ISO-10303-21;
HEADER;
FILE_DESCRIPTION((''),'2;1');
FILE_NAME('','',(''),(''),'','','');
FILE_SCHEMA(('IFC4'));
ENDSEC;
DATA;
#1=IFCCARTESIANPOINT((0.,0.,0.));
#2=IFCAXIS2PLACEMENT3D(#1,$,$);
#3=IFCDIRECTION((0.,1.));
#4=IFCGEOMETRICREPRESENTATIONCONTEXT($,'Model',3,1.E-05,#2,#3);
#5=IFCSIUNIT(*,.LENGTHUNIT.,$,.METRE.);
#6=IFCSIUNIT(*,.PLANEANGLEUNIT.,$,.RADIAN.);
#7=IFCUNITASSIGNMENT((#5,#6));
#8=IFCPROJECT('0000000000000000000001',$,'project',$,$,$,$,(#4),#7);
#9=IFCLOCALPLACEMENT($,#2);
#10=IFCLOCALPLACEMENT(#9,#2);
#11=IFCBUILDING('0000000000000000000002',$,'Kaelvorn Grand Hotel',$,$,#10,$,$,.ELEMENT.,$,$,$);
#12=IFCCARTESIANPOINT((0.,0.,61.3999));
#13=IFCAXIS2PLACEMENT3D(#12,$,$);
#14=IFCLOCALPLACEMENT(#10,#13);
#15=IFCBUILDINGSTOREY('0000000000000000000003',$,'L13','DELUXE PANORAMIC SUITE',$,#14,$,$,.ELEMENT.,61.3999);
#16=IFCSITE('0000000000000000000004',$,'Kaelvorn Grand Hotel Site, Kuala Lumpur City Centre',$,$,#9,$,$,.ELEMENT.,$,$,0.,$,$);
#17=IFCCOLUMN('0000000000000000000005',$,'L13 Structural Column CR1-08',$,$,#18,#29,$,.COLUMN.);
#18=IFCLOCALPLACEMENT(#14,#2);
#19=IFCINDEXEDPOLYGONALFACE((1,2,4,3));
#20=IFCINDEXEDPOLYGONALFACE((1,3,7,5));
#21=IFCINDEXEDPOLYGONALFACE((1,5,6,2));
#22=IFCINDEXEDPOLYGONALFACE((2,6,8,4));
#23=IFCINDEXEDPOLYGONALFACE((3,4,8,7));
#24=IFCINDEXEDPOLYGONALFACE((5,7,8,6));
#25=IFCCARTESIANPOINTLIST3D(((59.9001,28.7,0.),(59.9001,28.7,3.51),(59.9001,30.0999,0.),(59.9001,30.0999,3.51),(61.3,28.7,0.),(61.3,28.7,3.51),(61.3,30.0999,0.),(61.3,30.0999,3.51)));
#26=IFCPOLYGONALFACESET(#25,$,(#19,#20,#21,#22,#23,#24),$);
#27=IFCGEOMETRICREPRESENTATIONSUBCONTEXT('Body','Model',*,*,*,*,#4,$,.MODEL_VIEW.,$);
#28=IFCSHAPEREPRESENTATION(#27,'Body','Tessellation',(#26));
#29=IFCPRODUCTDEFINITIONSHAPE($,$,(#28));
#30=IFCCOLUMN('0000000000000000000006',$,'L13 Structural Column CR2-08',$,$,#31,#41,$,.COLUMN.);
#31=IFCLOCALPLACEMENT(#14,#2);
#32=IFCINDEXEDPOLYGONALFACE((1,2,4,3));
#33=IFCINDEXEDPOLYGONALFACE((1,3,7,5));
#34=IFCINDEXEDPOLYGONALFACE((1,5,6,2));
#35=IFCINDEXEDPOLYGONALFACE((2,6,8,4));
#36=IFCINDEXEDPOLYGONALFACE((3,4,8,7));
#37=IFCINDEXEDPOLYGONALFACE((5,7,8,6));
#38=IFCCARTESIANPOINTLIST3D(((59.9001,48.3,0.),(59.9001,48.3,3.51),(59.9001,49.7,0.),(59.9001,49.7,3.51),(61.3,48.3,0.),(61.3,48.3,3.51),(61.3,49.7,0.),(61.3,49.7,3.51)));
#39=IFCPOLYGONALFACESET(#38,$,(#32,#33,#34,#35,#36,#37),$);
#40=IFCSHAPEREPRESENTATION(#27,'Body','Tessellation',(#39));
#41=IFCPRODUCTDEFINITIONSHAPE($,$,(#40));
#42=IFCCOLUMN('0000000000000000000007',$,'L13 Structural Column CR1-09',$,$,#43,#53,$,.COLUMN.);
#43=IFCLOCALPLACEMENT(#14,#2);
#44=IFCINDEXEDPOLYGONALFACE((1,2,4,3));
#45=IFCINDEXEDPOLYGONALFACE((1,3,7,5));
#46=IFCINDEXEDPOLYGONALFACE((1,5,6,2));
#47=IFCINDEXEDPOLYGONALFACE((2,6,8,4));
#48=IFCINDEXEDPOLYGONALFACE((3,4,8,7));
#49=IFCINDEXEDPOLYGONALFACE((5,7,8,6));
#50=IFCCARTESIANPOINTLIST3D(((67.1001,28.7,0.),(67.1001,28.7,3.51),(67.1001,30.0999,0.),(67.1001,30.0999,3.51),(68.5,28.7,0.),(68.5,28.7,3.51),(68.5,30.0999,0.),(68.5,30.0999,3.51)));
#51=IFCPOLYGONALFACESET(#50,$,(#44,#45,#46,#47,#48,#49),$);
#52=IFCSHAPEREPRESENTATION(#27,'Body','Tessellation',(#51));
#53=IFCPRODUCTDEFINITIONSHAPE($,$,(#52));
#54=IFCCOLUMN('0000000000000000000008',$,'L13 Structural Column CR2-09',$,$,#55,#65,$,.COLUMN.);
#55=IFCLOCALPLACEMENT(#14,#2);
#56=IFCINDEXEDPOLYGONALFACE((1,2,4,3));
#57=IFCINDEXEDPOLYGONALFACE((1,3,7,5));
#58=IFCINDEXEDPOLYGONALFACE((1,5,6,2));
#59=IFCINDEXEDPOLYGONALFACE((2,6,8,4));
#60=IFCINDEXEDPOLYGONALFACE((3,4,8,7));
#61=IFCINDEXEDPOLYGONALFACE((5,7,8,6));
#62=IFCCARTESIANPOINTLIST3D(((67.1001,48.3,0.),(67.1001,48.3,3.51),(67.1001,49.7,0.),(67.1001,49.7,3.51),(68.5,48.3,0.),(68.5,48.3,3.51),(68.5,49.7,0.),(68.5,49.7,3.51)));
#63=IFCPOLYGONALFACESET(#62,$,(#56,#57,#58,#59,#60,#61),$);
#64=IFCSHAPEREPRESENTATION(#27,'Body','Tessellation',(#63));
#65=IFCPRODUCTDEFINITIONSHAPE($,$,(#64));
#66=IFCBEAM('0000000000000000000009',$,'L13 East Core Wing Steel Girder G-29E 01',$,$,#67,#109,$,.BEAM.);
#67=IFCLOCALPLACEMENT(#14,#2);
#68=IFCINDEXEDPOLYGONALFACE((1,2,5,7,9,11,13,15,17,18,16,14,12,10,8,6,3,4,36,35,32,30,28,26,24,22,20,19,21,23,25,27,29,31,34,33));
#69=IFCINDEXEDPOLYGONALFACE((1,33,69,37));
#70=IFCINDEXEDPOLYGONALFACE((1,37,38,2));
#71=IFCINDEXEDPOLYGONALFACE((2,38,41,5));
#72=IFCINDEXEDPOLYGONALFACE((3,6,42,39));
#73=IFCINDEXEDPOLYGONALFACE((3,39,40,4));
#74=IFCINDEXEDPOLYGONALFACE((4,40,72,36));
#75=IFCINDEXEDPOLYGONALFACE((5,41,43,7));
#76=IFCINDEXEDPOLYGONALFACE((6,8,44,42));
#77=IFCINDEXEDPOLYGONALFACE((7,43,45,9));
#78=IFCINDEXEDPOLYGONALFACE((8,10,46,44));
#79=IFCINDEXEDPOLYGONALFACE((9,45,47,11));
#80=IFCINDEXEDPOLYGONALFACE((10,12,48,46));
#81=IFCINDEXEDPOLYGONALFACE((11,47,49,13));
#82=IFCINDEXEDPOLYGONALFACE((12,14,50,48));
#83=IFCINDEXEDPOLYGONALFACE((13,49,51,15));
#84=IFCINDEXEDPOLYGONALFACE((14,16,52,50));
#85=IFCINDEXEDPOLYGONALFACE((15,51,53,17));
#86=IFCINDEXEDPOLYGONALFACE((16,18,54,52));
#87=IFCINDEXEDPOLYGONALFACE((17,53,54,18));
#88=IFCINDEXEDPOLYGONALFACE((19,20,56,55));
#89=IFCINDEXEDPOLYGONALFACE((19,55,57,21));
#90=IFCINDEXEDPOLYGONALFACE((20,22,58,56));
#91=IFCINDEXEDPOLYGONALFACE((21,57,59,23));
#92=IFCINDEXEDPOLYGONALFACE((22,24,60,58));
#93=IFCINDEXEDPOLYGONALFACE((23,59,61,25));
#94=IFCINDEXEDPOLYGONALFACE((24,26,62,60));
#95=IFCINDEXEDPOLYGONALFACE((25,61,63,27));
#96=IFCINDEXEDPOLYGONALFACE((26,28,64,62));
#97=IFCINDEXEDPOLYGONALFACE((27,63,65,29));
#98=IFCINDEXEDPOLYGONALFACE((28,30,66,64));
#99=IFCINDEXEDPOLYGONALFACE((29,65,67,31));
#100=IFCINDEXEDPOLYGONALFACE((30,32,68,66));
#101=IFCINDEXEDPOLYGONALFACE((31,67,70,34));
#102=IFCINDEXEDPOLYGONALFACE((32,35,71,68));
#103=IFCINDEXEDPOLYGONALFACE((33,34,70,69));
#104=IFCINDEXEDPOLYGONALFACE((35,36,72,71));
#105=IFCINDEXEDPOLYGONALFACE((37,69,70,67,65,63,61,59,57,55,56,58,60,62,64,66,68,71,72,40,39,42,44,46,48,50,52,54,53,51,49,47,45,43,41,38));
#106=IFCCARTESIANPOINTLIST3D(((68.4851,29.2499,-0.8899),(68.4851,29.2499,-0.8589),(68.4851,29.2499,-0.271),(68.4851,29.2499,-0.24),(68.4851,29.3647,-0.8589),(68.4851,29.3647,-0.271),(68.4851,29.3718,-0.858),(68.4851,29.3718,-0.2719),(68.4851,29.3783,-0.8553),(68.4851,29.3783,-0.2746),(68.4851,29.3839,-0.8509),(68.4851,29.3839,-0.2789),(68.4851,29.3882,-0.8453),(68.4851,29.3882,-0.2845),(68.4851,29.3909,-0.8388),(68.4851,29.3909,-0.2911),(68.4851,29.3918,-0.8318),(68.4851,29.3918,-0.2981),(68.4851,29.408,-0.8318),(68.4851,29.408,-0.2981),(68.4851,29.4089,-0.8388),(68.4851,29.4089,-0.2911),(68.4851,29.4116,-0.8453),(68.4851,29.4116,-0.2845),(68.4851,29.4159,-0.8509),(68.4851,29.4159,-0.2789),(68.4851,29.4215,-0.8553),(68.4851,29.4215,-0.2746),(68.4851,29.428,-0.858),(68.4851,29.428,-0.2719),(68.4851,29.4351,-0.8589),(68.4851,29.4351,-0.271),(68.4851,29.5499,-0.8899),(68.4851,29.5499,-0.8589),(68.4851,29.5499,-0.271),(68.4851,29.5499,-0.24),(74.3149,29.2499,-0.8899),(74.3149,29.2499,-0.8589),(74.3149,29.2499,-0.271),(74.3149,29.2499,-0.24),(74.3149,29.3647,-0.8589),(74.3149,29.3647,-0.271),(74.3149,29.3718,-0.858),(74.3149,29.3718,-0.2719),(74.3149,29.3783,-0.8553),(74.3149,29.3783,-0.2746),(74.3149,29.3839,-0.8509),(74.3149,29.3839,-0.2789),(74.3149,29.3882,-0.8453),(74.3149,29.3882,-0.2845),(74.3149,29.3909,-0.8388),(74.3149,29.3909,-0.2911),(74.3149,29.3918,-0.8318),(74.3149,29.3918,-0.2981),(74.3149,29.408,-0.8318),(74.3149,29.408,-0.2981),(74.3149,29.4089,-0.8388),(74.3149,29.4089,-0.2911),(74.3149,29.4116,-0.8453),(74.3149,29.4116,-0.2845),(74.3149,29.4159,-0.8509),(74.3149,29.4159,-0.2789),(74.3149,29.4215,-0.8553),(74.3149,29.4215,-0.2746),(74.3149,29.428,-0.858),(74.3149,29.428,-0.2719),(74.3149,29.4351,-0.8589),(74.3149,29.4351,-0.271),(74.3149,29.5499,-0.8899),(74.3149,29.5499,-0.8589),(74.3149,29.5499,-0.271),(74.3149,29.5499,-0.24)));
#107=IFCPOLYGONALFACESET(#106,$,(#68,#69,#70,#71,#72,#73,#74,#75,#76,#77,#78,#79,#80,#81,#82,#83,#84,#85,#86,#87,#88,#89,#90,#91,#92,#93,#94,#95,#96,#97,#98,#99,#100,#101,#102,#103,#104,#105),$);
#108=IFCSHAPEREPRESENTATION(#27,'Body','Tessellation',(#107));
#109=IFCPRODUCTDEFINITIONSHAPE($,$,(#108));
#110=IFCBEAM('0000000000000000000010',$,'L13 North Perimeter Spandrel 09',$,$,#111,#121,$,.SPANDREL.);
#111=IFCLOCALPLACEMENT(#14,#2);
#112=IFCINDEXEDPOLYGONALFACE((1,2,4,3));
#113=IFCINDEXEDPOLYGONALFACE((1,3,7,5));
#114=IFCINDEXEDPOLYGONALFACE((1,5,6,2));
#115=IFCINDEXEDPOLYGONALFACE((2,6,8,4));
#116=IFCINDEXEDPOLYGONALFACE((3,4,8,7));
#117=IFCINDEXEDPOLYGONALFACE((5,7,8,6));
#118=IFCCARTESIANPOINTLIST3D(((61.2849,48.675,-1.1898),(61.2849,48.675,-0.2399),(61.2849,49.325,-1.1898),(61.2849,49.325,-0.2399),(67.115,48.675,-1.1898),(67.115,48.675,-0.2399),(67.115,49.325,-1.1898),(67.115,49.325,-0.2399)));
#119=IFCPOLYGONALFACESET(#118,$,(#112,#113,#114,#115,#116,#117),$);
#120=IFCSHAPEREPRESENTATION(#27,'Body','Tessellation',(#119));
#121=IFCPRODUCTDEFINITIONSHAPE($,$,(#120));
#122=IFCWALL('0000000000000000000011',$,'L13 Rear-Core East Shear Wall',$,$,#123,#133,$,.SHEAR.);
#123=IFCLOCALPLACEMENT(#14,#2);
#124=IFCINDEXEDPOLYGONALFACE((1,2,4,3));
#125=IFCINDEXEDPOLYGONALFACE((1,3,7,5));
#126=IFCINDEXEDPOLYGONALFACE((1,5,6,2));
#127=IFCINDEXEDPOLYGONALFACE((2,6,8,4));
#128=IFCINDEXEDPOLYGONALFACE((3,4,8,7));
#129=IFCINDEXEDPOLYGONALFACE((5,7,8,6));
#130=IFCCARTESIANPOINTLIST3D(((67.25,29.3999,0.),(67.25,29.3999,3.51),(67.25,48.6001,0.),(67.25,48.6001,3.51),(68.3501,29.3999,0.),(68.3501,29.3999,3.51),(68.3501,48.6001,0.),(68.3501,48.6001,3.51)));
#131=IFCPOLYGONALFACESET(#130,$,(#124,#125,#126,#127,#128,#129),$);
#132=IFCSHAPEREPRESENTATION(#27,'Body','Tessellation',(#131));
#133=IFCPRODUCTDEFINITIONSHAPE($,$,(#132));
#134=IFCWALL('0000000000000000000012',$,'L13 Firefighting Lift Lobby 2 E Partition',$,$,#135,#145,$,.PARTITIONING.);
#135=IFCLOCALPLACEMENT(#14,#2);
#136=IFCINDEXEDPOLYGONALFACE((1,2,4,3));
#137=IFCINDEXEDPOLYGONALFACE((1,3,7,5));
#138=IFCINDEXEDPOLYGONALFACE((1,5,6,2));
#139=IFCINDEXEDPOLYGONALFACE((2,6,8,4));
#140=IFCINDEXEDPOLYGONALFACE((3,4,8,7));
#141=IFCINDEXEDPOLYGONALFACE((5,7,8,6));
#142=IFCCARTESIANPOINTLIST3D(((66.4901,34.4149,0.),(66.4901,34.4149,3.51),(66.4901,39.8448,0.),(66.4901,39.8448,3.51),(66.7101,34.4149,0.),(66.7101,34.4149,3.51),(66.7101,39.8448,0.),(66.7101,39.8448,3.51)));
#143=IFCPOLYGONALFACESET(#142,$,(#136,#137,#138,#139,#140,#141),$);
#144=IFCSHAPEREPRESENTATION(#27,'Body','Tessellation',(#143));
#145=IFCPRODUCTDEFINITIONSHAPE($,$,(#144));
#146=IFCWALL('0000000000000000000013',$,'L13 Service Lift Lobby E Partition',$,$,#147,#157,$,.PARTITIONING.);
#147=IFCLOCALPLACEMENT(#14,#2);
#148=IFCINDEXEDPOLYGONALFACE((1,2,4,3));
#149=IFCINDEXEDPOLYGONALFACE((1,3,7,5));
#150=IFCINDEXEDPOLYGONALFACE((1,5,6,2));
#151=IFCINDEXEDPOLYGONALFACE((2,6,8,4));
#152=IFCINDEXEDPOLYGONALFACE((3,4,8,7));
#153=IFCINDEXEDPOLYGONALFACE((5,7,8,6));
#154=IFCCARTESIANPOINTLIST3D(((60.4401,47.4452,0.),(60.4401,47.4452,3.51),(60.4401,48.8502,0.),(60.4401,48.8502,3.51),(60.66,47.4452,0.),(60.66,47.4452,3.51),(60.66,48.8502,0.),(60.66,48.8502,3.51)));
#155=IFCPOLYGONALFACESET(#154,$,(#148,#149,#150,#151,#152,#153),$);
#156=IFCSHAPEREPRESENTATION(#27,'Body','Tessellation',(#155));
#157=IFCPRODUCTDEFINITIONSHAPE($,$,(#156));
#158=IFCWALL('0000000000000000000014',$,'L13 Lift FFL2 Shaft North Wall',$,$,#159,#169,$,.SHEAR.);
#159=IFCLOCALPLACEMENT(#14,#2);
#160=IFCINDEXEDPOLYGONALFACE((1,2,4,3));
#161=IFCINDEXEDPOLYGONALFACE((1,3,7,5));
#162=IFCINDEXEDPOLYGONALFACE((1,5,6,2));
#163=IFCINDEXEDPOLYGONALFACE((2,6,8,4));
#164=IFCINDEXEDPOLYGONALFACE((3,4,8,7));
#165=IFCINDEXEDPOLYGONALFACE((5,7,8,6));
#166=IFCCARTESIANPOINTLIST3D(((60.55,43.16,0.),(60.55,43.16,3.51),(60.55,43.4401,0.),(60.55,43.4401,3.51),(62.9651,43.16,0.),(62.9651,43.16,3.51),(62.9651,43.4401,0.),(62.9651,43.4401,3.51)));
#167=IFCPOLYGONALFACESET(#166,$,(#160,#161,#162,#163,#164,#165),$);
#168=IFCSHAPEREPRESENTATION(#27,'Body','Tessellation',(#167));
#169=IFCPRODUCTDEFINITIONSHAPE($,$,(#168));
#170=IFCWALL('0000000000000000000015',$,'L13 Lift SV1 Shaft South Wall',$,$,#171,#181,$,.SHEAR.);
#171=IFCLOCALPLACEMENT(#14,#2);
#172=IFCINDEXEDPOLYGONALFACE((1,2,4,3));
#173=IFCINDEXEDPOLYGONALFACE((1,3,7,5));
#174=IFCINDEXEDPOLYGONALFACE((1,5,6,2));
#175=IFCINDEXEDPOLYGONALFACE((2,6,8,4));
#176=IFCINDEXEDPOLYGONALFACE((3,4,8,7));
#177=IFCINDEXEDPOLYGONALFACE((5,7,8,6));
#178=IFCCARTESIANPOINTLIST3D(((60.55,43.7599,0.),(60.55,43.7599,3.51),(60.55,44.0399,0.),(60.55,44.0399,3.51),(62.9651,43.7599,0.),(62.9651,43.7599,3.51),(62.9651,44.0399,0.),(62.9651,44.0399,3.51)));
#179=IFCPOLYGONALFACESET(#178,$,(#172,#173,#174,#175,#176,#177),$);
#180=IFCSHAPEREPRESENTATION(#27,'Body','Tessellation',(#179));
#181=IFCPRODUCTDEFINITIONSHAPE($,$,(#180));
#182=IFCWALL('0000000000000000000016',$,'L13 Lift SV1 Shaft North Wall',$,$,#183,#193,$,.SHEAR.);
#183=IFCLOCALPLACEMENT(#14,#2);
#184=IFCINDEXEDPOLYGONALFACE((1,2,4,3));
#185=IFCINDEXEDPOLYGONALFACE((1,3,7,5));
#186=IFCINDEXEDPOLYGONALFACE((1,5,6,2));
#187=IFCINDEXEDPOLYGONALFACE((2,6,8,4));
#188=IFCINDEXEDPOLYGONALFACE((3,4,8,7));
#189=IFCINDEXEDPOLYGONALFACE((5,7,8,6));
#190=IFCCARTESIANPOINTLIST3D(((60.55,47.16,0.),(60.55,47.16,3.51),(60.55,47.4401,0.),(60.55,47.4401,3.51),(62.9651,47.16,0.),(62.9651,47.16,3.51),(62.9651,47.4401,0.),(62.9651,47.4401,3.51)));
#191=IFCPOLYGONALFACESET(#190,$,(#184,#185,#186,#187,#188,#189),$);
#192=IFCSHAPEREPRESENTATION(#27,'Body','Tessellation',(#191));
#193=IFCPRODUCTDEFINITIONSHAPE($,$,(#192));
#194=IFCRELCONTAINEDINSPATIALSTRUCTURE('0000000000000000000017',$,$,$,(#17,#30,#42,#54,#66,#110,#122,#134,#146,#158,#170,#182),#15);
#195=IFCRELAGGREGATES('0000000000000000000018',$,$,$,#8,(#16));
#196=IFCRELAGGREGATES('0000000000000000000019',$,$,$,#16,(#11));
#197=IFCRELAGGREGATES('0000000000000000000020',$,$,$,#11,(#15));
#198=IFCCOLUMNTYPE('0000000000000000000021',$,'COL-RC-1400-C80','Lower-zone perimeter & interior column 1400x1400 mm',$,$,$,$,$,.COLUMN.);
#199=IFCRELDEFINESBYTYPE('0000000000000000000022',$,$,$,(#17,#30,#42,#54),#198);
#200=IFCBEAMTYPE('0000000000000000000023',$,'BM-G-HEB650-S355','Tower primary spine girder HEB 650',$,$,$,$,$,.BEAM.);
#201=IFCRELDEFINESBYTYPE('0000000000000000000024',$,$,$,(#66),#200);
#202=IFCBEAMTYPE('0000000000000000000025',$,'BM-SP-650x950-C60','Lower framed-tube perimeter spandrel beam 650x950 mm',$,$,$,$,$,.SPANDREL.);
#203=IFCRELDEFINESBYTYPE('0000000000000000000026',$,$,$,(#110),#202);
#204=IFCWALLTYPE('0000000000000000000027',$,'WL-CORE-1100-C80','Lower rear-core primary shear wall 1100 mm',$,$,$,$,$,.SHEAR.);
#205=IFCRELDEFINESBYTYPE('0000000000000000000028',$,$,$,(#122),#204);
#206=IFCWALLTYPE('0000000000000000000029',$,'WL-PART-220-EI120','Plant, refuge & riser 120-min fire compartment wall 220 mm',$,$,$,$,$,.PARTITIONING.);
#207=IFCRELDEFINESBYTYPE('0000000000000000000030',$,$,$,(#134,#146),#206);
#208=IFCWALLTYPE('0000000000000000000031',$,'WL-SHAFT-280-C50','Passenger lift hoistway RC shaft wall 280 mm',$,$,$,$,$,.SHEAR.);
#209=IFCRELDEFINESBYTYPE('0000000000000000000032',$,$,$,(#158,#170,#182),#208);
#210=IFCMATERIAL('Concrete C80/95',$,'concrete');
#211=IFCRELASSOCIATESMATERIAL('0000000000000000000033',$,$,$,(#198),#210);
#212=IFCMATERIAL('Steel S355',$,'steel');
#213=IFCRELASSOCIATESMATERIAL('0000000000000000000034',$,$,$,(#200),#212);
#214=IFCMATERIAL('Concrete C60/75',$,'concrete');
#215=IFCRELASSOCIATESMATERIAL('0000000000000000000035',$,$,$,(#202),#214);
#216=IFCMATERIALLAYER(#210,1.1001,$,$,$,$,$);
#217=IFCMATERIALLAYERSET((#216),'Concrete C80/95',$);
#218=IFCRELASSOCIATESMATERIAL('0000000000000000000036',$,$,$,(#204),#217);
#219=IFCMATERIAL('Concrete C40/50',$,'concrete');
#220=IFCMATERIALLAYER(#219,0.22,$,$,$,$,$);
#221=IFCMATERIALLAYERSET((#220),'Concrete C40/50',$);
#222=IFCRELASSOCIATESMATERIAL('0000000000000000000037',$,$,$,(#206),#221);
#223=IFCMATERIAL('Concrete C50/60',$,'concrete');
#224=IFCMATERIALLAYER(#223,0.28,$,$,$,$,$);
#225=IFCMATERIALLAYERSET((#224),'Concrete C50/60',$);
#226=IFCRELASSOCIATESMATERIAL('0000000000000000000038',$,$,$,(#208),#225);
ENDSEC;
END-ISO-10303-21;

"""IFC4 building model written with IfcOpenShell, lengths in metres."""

from ifc_helpers import new_model, si_unit, direction, frame, frame_2d, origin, origin_2d, place, context, subcontext, project, spatial, rectangle, i_section, extrude, material, layer, layer_set, material_profile, profile_set, type_object, element, save


model = new_model("IFC4")

# Units and contexts
model_context = context("Model", 3, precision=1e-05, world=origin(), true_north=direction((0.0, 1.0)))
body_context = subcontext(model_context, "Body", "Model", "MODEL_VIEW")
ifc_project = project(units=[si_unit("LENGTHUNIT", "METRE"), si_unit("PLANEANGLEUNIT", "RADIAN")], contexts=[model_context])

# Site, building, storey
site_placement = place(None, origin())
site = spatial("IfcSite", under=ifc_project, at=site_placement, Name="Kaelvorn Grand Hotel Site, Kuala Lumpur City Centre", CompositionType="ELEMENT", RefElevation=0.0)
building_placement = place(site_placement, origin())
building = spatial("IfcBuilding", under=site, at=building_placement, Name="Kaelvorn Grand Hotel", CompositionType="ELEMENT")
storey_placement = place(building_placement, frame((0.0, 0.0, 61.3999)))
storey = spatial("IfcBuildingStorey", under=building, at=storey_placement, Name="L13", Description="DELUXE PANORAMIC SUITE", CompositionType="ELEMENT", Elevation=61.3999)

# Columns
ifc_material_1 = material(Name="Concrete C80/95", Category="concrete")
ifc_material_profile_1 = material_profile(ifc_material_1, rectangle(XDim=1.3999, YDim=1.3999, at=origin_2d()), Name="RC COL 1400x1400")
ifc_profile_set_1 = profile_set([ifc_material_profile_1], Name="Concrete C80/95")
column_type = type_object("IfcColumnType", Name="COL-RC-1400-C80", Description="Lower-zone perimeter & interior column 1400x1400 mm", PredefinedType="COLUMN", material=ifc_profile_set_1)
for number, where, z_axis, x_axis, name in (
    (1, (60.6001, 29.3999, 0.0), (0.0, 0.0, 1.0), (1.0, 0.0, 0.0), "L13 Structural Column CR1-08"),
    (2, (60.6001, 49.0, 0.0), (0.0, 0.0, 1.0), (1.0, 0.0, 0.0), "L13 Structural Column CR2-08"),
    (3, (67.8, 29.3999, 0.0), (0.0, 0.0, 1.0), (1.0, 0.0, 0.0), "L13 Structural Column CR1-09"),
    (4, (67.8, 49.0, 0.0), (0.0, 0.0, 1.0), (1.0, 0.0, 0.0), "L13 Structural Column CR2-09"),
):
    element("IfcColumn", number, at=place(storey_placement, frame(where, z_axis=z_axis, x_axis=x_axis)), inside=storey, type_object=column_type, Name=name, PredefinedType="COLUMN", context=body_context, shape_type="SweptSolid", body=[
        extrude(rectangle(XDim=1.3999, YDim=1.3999, at=origin_2d()), origin(), (0.0, 0.0, 1.0), 3.51),
    ])

# Beams
ifc_material_2 = material(Name="Steel S355", Category="steel")
ifc_material_profile_2 = material_profile(ifc_material_2, i_section(OverallWidth=0.3, OverallDepth=0.6499, WebThickness=0.0161, FlangeThickness=0.031, FilletRadius=0.0271, at=origin_2d()), Name="HEB 650")
ifc_profile_set_2 = profile_set([ifc_material_profile_2], Name="Steel S355")
beam_type_1 = type_object("IfcBeamType", Name="BM-G-HEB650-S355", Description="Tower primary spine girder HEB 650", PredefinedType="BEAM", material=ifc_profile_set_2)
beam_1_placement = place(storey_placement, frame((68.4851, 29.3999, -0.5649), z_axis=(1.0, 0.0, 0.0), x_axis=(0.0, 1.0, 0.0)))
element("IfcBeam", 5, at=beam_1_placement, inside=storey, type_object=beam_type_1, Name="L13 East Core Wing Steel Girder G-29E 01", PredefinedType="BEAM", context=body_context, shape_type="SweptSolid", body=[
    extrude(i_section(OverallWidth=0.3, OverallDepth=0.6499, WebThickness=0.0161, FlangeThickness=0.031, FilletRadius=0.0271, at=origin_2d()), origin(), (0.0, 0.0, 1.0), 5.8298),
])
ifc_material_3 = material(Name="Concrete C60/75", Category="concrete")
ifc_material_profile_3 = material_profile(ifc_material_3, rectangle(XDim=0.6499, YDim=0.95, at=origin_2d()), Name="RC SPANDREL 650x950")
ifc_profile_set_3 = profile_set([ifc_material_profile_3], Name="Concrete C60/75")
beam_type_2 = type_object("IfcBeamType", Name="BM-SP-650x950-C60", Description="Lower framed-tube perimeter spandrel beam 650x950 mm", PredefinedType="SPANDREL", material=ifc_profile_set_3)
beam_2_placement = place(storey_placement, frame((61.2849, 49.0, -0.7148), z_axis=(1.0, 0.0, 0.0), x_axis=(0.0, 1.0, 0.0)))
element("IfcBeam", 6, at=beam_2_placement, inside=storey, type_object=beam_type_2, Name="L13 North Perimeter Spandrel 09", PredefinedType="SPANDREL", context=body_context, shape_type="SweptSolid", body=[
    extrude(rectangle(XDim=0.6499, YDim=0.95, at=origin_2d()), origin(), (0.0, 0.0, 1.0), 5.8301),
])

# Walls
ifc_layer_1 = layer(ifc_material_1, 1.1001)
ifc_layer_set_1 = layer_set([ifc_layer_1], Name="Concrete C80/95")
wall_type_1 = type_object("IfcWallType", Name="WL-CORE-1100-C80", Description="Lower rear-core primary shear wall 1100 mm", PredefinedType="SHEAR", material=ifc_layer_set_1)
wall_1_placement = place(storey_placement, frame((67.8, 29.3999, 0.0), z_axis=(0.0, 0.0, 1.0), x_axis=(0.0, 1.0, 0.0)))
element("IfcWall", 7, at=wall_1_placement, inside=storey, type_object=wall_type_1, Name="L13 Rear-Core East Shear Wall", PredefinedType="SHEAR", context=body_context, shape_type="SweptSolid", body=[
    extrude(rectangle(XDim=19.2002, YDim=1.1001, at=frame_2d((9.6001, 0.0))), origin(), (0.0, 0.0, 1.0), 3.51),
])
ifc_material_4 = material(Name="Concrete C40/50", Category="concrete")
ifc_layer_2 = layer(ifc_material_4, 0.22)
ifc_layer_set_2 = layer_set([ifc_layer_2], Name="Concrete C40/50")
wall_type_2 = type_object("IfcWallType", Name="WL-PART-220-EI120", Description="Plant, refuge & riser 120-min fire compartment wall 220 mm", PredefinedType="PARTITIONING", material=ifc_layer_set_2)
wall_2_placement = place(storey_placement, frame((66.6001, 34.415, 0.0), z_axis=(0.0, 0.0, 1.0), x_axis=(0.0, 1.0, 0.0)))
element("IfcWall", 8, at=wall_2_placement, inside=storey, type_object=wall_type_2, Name="L13 Firefighting Lift Lobby 2 E Partition", PredefinedType="PARTITIONING", context=body_context, shape_type="SweptSolid", body=[
    extrude(rectangle(XDim=5.4299, YDim=0.22, at=frame_2d((2.7148, 0.0))), origin(), (0.0, 0.0, 1.0), 3.51),
])
wall_3_placement = place(storey_placement, frame((60.55, 47.4451, 0.0), z_axis=(0.0, 0.0, 1.0), x_axis=(0.0, 1.0, 0.0)))
element("IfcWall", 9, at=wall_3_placement, inside=storey, type_object=wall_type_2, Name="L13 Service Lift Lobby E Partition", PredefinedType="PARTITIONING", context=body_context, shape_type="SweptSolid", body=[
    extrude(rectangle(XDim=1.405, YDim=0.22, at=frame_2d((0.7026, 0.0))), origin(), (0.0, 0.0, 1.0), 3.51),
])
ifc_material_5 = material(Name="Concrete C50/60", Category="concrete")
ifc_layer_3 = layer(ifc_material_5, 0.28)
ifc_layer_set_3 = layer_set([ifc_layer_3], Name="Concrete C50/60")
wall_type_3 = type_object("IfcWallType", Name="WL-SHAFT-280-C50", Description="Passenger lift hoistway RC shaft wall 280 mm", PredefinedType="SHEAR", material=ifc_layer_set_3)
for number, where, z_axis, x_axis, name in (
    (10, (60.55, 43.3, 0.0), (0.0, 0.0, 1.0), (1.0, 0.0, 0.0), "L13 Lift FFL2 Shaft North Wall"),
    (11, (60.55, 43.8999, 0.0), (0.0, 0.0, 1.0), (1.0, 0.0, 0.0), "L13 Lift SV1 Shaft South Wall"),
    (12, (60.55, 47.3, 0.0), (0.0, 0.0, 1.0), (1.0, 0.0, 0.0), "L13 Lift SV1 Shaft North Wall"),
):
    element("IfcWall", number, at=place(storey_placement, frame(where, z_axis=z_axis, x_axis=x_axis)), inside=storey, type_object=wall_type_3, Name=name, PredefinedType="SHEAR", context=body_context, shape_type="SweptSolid", body=[
        extrude(rectangle(XDim=2.415, YDim=0.28, at=frame_2d((1.2075, 0.0))), origin(), (0.0, 0.0, 1.0), 3.51),
    ])

save(model, "model.ifc")
